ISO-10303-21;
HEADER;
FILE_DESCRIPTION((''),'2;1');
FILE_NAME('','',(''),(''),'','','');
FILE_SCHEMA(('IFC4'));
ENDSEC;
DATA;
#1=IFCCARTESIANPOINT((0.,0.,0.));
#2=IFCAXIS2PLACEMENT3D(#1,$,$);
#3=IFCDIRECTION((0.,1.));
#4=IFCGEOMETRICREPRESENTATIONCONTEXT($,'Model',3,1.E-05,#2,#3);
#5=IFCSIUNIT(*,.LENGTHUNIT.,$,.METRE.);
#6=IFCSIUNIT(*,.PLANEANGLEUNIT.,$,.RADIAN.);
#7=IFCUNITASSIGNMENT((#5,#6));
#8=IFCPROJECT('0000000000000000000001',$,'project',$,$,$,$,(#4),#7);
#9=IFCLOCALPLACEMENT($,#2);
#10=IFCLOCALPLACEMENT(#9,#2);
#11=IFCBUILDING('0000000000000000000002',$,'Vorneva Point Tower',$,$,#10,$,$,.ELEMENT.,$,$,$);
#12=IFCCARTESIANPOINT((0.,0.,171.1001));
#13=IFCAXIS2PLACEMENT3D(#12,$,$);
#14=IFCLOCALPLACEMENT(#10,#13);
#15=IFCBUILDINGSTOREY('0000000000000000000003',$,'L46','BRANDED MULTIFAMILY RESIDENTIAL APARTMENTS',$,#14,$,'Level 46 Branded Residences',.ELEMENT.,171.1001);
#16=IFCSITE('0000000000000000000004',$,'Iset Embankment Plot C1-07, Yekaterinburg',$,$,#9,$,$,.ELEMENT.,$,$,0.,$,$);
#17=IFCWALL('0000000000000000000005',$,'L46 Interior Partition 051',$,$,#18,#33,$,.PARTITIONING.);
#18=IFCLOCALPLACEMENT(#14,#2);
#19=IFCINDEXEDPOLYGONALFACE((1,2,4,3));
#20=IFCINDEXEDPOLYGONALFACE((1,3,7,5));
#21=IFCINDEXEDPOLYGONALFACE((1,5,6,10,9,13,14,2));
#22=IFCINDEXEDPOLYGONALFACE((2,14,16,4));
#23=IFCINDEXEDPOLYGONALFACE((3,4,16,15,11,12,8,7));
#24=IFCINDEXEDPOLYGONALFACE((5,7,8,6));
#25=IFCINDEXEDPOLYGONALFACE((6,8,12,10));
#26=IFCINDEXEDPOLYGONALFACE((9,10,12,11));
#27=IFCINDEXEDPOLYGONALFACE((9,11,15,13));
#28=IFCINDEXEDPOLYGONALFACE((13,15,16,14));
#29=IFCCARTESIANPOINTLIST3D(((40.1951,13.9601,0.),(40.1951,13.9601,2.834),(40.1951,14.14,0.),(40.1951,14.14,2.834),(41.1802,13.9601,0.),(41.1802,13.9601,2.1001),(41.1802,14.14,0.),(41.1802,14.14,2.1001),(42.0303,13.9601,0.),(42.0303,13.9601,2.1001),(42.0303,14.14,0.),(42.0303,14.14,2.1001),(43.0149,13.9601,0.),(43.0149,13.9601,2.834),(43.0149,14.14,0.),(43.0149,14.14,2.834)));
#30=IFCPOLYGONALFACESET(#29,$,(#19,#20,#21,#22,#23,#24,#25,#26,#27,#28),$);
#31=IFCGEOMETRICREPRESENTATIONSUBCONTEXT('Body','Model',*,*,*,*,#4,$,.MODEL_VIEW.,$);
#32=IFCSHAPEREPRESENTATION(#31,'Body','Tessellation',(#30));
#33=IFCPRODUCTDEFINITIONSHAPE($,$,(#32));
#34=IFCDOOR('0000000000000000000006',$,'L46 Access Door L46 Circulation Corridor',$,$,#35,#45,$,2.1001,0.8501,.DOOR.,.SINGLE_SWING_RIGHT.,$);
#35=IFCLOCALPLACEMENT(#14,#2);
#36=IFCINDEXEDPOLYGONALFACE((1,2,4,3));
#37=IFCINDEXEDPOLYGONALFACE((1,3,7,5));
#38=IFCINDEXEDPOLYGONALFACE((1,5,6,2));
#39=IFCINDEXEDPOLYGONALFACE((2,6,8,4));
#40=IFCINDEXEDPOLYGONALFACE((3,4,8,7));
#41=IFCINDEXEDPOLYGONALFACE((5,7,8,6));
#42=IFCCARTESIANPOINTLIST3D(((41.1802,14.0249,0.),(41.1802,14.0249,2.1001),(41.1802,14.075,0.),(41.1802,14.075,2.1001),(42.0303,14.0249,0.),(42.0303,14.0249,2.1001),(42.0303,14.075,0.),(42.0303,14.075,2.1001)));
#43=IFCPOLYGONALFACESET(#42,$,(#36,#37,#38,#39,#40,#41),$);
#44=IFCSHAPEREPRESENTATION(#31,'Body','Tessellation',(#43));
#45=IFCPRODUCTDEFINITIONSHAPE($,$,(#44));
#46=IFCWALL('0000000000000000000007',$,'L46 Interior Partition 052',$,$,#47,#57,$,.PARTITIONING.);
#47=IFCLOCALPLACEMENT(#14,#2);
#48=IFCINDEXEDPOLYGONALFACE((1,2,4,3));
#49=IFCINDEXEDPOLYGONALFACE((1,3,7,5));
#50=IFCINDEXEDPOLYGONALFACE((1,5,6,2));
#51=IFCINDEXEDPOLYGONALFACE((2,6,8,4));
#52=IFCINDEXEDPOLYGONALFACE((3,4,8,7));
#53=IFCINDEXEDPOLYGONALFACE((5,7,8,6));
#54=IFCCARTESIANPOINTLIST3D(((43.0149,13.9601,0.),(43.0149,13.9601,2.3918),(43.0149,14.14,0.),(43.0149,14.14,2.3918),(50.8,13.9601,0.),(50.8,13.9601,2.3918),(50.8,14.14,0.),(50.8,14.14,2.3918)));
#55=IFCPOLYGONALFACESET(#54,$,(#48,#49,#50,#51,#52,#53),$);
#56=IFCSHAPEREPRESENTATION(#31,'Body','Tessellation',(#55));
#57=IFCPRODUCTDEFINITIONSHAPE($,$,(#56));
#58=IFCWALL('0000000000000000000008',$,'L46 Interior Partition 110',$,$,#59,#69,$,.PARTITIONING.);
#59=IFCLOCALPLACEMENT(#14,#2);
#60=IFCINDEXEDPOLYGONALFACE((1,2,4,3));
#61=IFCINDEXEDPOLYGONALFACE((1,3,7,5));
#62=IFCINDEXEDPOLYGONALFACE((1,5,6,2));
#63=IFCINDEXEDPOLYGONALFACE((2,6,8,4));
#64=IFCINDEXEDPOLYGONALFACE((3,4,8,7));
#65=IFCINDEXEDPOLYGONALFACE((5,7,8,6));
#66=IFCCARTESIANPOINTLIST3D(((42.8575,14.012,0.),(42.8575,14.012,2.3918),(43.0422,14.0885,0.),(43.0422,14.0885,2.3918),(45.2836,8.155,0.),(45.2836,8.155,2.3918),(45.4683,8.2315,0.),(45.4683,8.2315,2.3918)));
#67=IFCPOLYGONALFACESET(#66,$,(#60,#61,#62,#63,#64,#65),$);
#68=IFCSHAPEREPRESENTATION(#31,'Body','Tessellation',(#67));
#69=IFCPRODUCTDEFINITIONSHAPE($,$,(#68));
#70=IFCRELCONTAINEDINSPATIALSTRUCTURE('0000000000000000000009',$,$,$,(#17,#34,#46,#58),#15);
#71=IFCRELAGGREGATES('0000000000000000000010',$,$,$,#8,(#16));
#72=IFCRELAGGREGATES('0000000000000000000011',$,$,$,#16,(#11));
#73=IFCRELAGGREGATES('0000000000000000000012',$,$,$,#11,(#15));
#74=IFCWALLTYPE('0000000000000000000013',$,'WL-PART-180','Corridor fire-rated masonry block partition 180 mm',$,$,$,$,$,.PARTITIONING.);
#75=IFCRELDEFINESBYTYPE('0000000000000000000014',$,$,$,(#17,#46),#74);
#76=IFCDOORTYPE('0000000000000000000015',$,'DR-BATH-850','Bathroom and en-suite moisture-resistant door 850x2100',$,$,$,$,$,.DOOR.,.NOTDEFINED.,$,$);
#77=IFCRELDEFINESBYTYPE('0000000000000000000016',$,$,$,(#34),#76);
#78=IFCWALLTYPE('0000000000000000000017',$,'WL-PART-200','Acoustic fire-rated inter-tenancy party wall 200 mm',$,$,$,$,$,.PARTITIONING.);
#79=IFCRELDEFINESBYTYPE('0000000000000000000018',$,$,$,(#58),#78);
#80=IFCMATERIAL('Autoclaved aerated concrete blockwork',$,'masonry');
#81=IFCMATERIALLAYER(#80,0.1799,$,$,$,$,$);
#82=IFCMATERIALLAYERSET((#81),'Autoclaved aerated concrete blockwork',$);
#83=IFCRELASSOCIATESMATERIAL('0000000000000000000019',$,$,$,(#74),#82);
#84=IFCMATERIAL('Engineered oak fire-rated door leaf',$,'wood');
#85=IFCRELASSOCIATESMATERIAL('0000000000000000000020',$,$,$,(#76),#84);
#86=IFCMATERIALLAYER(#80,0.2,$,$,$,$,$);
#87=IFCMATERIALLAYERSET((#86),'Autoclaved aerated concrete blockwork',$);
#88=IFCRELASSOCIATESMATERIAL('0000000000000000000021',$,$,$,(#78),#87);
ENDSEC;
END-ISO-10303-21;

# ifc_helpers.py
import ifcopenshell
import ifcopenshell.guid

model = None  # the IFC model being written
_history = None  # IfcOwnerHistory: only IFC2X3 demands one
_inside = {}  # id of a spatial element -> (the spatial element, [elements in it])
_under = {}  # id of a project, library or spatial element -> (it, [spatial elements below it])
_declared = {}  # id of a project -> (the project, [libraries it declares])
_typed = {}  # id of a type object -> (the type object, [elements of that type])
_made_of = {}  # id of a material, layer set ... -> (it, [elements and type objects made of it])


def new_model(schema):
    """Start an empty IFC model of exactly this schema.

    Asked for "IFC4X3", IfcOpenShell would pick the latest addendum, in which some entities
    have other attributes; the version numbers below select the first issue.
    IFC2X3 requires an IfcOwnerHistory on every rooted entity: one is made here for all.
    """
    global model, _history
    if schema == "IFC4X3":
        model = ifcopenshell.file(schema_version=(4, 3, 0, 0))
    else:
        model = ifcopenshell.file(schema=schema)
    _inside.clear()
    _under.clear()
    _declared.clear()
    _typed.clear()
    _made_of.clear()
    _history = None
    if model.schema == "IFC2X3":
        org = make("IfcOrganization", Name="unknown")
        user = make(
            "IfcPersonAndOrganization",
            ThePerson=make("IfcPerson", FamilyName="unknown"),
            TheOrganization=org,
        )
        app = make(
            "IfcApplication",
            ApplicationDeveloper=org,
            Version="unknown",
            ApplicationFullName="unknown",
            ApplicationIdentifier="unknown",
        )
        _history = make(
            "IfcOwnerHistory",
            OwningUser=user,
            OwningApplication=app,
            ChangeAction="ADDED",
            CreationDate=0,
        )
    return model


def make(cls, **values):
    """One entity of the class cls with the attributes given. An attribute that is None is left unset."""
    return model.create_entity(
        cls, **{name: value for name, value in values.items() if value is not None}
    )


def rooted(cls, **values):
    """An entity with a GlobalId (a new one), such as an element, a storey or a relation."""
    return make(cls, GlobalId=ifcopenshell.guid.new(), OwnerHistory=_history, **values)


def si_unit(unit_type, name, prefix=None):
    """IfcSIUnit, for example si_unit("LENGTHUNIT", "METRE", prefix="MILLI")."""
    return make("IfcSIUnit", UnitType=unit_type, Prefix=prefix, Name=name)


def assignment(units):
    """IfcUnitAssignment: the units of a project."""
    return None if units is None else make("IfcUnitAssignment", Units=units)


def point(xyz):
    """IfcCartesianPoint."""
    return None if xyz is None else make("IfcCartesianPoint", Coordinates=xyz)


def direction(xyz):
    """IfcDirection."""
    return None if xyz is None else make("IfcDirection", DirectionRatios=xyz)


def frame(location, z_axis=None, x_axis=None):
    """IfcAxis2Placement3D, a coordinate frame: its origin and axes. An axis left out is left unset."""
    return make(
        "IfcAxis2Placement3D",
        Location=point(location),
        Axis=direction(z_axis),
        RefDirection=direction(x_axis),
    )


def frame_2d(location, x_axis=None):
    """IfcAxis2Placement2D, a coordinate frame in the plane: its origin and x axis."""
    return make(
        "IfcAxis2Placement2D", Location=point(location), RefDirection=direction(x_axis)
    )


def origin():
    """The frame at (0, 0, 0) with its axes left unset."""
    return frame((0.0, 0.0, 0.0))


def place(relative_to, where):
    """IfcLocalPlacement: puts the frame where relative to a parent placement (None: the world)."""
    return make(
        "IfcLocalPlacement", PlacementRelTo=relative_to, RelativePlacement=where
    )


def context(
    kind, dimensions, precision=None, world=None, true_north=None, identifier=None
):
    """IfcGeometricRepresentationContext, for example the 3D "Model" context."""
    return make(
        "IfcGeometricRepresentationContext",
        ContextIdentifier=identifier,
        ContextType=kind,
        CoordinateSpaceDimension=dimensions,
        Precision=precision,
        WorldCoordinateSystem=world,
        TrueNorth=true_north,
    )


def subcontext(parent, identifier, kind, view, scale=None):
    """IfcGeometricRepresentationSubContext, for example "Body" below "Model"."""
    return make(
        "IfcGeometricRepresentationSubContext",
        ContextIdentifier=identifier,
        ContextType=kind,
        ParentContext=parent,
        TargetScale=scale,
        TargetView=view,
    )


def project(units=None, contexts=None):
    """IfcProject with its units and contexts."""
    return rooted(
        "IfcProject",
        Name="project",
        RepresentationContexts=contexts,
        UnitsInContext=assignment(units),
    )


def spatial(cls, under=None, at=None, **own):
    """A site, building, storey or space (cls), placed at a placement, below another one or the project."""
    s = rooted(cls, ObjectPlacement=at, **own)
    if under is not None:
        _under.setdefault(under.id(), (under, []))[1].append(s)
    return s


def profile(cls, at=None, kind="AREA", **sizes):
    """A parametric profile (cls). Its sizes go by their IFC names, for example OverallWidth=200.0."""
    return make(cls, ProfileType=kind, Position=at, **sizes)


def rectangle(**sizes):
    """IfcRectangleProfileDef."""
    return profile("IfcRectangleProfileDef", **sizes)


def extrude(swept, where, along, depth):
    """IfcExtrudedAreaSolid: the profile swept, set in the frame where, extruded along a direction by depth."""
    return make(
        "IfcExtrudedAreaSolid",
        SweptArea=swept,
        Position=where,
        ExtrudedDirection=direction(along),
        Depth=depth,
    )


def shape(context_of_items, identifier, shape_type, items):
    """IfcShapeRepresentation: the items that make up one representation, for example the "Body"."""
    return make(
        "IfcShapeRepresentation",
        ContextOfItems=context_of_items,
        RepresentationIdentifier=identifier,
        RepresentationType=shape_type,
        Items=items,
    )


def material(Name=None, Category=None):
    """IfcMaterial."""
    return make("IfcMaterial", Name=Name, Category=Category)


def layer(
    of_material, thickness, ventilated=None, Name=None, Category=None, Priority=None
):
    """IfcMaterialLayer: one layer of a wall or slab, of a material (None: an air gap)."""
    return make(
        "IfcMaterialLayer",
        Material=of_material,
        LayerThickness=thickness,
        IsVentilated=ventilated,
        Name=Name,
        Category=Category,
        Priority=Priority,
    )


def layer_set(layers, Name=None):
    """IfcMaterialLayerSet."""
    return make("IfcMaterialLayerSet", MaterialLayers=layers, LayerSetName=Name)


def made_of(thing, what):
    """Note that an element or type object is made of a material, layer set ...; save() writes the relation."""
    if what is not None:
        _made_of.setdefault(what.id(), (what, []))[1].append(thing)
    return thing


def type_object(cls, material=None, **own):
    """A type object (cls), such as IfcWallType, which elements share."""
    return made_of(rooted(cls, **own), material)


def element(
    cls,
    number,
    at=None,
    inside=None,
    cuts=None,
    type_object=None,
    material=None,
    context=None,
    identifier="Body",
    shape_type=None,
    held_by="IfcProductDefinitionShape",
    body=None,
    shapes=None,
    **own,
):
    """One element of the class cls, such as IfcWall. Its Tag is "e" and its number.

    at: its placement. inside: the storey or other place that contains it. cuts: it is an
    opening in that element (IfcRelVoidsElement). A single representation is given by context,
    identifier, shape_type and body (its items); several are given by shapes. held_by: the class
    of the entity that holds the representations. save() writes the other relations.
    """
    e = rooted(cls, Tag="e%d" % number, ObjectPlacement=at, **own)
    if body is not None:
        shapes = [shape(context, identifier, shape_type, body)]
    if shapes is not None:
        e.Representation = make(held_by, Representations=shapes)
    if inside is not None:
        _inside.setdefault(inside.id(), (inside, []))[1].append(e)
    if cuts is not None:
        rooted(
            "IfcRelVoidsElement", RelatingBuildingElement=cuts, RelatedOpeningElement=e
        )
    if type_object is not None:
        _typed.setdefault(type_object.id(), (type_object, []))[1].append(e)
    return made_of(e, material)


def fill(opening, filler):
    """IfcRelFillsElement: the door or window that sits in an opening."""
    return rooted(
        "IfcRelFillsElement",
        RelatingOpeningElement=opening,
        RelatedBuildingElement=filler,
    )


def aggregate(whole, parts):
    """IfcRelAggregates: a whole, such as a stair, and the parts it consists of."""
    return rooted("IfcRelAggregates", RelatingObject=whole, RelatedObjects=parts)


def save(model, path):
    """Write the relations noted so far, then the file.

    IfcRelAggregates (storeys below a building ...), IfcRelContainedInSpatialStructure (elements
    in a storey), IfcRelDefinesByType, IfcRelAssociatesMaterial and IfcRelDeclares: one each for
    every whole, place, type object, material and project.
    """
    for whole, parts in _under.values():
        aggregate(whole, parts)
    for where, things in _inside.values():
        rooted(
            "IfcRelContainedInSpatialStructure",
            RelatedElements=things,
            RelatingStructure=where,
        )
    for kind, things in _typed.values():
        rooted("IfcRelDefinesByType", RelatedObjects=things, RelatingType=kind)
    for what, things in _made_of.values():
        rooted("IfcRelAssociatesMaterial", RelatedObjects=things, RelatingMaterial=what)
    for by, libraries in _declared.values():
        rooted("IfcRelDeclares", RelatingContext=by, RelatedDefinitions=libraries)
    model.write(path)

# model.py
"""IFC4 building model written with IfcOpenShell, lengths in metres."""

from ifc_helpers import new_model, si_unit, direction, frame, frame_2d, origin, place, context, subcontext, project, spatial, rectangle, extrude, material, layer, layer_set, type_object, element, fill, save


model = new_model("IFC4")

# Units and contexts
model_context = context("Model", 3, precision=1e-05, world=origin(), true_north=direction((0.0, 1.0)))
body_context = subcontext(model_context, "Body", "Model", "MODEL_VIEW")
ifc_project = project(units=[si_unit("LENGTHUNIT", "METRE"), si_unit("PLANEANGLEUNIT", "RADIAN")], contexts=[model_context])

# Site, building, storey
site_placement = place(None, origin())
site = spatial("IfcSite", under=ifc_project, at=site_placement, Name="Iset Embankment Plot C1-07, Yekaterinburg", CompositionType="ELEMENT", RefElevation=0.0)
building_placement = place(site_placement, origin())
building = spatial("IfcBuilding", under=site, at=building_placement, Name="Vorneva Point Tower", CompositionType="ELEMENT")
storey_placement = place(building_placement, frame((0.0, 0.0, 171.1001)))
storey = spatial("IfcBuildingStorey", under=building, at=storey_placement, Name="L46", Description="BRANDED MULTIFAMILY RESIDENTIAL APARTMENTS", LongName="Level 46 Branded Residences", CompositionType="ELEMENT", Elevation=171.1001)

# Wall, opening, door
ifc_material_1 = material(Name="Autoclaved aerated concrete blockwork", Category="masonry")
ifc_layer_1 = layer(ifc_material_1, 0.1799)
ifc_layer_set_1 = layer_set([ifc_layer_1], Name="Autoclaved aerated concrete blockwork")
wall_type_1 = type_object("IfcWallType", Name="WL-PART-180", Description="Corridor fire-rated masonry block partition 180 mm", PredefinedType="PARTITIONING", material=ifc_layer_set_1)
ifc_material_2 = material(Name="Engineered oak fire-rated door leaf", Category="wood")
door_type_1 = type_object("IfcDoorType", Name="DR-BATH-850", Description="Bathroom and en-suite moisture-resistant door 850x2100", OperationType="NOTDEFINED", PredefinedType="DOOR", material=ifc_material_2)
wall_1_placement = place(storey_placement, frame((40.1951, 14.05, 0.0), z_axis=(0.0, 0.0, 1.0), x_axis=(1.0, 0.0, 0.0)))
wall_1 = element("IfcWall", 1, at=wall_1_placement, inside=storey, type_object=wall_type_1, Name="L46 Interior Partition 051", PredefinedType="PARTITIONING", context=body_context, shape_type="SweptSolid", body=[
    extrude(rectangle(XDim=2.8198, YDim=0.1799, at=frame_2d((1.4099, 0.0))), origin(), (0.0, 0.0, 1.0), 2.834),
])
opening_1_placement = place(wall_1_placement, frame((0.9851, 0.0, 0.0)))
opening_1 = element("IfcOpeningElement", 2, at=opening_1_placement, cuts=wall_1, PredefinedType="OPENING", context=body_context, shape_type="SweptSolid", body=[
    extrude(rectangle(XDim=0.8501, YDim=2.1001, at=frame_2d((0.425, 1.05))), frame((0.0, 0.105, 0.0), z_axis=(0.0, -1.0, 0.0), x_axis=(1.0, 0.0, 0.0)), (0.0, 0.0, 1.0), 0.2097),
])
door_1_placement = place(opening_1_placement, origin())
door_1 = element("IfcDoor", 3, at=door_1_placement, inside=storey, type_object=door_type_1, Name="L46 Access Door L46 Circulation Corridor", OperationType="SINGLE_SWING_RIGHT", OverallHeight=2.1001, OverallWidth=0.8501, PredefinedType="DOOR", context=body_context, shape_type="SweptSolid", body=[
    extrude(rectangle(XDim=0.8501, YDim=2.1001, at=frame_2d((0.425, 1.05))), frame((0.0, 0.0249, 0.0), z_axis=(0.0, -1.0, 0.0), x_axis=(1.0, 0.0, 0.0)), (0.0, 0.0, 1.0), 0.05),
])
fill(opening_1, door_1)

# Walls
wall_2_placement = place(storey_placement, frame((43.0149, 14.05, 0.0), z_axis=(0.0, 0.0, 1.0), x_axis=(1.0, 0.0, 0.0)))
element("IfcWall", 4, at=wall_2_placement, inside=storey, type_object=wall_type_1, Name="L46 Interior Partition 052", PredefinedType="PARTITIONING", context=body_context, shape_type="SweptSolid", body=[
    extrude(rectangle(XDim=7.7852, YDim=0.1799, at=frame_2d((3.8926, 0.0))), origin(), (0.0, 0.0, 1.0), 2.3918),
])
ifc_layer_2 = layer(ifc_material_1, 0.2)
ifc_layer_set_2 = layer_set([ifc_layer_2], Name="Autoclaved aerated concrete blockwork")
wall_type_2 = type_object("IfcWallType", Name="WL-PART-200", Description="Acoustic fire-rated inter-tenancy party wall 200 mm", PredefinedType="PARTITIONING", material=ifc_layer_set_2)
wall_3_placement = place(storey_placement, frame((45.376, 8.1931, 0.0), z_axis=(0.0, 0.0, 1.0), x_axis=(-0.382684, 0.923879, 0.0)))
element("IfcWall", 5, at=wall_3_placement, inside=storey, type_object=wall_type_2, Name="L46 Interior Partition 110", PredefinedType="PARTITIONING", context=body_context, shape_type="SweptSolid", body=[
    extrude(rectangle(XDim=6.3396, YDim=0.2, at=frame_2d((3.1699, 0.0))), origin(), (0.0, 0.0, 1.0), 2.3918),
])

save(model, "model.ifc")
